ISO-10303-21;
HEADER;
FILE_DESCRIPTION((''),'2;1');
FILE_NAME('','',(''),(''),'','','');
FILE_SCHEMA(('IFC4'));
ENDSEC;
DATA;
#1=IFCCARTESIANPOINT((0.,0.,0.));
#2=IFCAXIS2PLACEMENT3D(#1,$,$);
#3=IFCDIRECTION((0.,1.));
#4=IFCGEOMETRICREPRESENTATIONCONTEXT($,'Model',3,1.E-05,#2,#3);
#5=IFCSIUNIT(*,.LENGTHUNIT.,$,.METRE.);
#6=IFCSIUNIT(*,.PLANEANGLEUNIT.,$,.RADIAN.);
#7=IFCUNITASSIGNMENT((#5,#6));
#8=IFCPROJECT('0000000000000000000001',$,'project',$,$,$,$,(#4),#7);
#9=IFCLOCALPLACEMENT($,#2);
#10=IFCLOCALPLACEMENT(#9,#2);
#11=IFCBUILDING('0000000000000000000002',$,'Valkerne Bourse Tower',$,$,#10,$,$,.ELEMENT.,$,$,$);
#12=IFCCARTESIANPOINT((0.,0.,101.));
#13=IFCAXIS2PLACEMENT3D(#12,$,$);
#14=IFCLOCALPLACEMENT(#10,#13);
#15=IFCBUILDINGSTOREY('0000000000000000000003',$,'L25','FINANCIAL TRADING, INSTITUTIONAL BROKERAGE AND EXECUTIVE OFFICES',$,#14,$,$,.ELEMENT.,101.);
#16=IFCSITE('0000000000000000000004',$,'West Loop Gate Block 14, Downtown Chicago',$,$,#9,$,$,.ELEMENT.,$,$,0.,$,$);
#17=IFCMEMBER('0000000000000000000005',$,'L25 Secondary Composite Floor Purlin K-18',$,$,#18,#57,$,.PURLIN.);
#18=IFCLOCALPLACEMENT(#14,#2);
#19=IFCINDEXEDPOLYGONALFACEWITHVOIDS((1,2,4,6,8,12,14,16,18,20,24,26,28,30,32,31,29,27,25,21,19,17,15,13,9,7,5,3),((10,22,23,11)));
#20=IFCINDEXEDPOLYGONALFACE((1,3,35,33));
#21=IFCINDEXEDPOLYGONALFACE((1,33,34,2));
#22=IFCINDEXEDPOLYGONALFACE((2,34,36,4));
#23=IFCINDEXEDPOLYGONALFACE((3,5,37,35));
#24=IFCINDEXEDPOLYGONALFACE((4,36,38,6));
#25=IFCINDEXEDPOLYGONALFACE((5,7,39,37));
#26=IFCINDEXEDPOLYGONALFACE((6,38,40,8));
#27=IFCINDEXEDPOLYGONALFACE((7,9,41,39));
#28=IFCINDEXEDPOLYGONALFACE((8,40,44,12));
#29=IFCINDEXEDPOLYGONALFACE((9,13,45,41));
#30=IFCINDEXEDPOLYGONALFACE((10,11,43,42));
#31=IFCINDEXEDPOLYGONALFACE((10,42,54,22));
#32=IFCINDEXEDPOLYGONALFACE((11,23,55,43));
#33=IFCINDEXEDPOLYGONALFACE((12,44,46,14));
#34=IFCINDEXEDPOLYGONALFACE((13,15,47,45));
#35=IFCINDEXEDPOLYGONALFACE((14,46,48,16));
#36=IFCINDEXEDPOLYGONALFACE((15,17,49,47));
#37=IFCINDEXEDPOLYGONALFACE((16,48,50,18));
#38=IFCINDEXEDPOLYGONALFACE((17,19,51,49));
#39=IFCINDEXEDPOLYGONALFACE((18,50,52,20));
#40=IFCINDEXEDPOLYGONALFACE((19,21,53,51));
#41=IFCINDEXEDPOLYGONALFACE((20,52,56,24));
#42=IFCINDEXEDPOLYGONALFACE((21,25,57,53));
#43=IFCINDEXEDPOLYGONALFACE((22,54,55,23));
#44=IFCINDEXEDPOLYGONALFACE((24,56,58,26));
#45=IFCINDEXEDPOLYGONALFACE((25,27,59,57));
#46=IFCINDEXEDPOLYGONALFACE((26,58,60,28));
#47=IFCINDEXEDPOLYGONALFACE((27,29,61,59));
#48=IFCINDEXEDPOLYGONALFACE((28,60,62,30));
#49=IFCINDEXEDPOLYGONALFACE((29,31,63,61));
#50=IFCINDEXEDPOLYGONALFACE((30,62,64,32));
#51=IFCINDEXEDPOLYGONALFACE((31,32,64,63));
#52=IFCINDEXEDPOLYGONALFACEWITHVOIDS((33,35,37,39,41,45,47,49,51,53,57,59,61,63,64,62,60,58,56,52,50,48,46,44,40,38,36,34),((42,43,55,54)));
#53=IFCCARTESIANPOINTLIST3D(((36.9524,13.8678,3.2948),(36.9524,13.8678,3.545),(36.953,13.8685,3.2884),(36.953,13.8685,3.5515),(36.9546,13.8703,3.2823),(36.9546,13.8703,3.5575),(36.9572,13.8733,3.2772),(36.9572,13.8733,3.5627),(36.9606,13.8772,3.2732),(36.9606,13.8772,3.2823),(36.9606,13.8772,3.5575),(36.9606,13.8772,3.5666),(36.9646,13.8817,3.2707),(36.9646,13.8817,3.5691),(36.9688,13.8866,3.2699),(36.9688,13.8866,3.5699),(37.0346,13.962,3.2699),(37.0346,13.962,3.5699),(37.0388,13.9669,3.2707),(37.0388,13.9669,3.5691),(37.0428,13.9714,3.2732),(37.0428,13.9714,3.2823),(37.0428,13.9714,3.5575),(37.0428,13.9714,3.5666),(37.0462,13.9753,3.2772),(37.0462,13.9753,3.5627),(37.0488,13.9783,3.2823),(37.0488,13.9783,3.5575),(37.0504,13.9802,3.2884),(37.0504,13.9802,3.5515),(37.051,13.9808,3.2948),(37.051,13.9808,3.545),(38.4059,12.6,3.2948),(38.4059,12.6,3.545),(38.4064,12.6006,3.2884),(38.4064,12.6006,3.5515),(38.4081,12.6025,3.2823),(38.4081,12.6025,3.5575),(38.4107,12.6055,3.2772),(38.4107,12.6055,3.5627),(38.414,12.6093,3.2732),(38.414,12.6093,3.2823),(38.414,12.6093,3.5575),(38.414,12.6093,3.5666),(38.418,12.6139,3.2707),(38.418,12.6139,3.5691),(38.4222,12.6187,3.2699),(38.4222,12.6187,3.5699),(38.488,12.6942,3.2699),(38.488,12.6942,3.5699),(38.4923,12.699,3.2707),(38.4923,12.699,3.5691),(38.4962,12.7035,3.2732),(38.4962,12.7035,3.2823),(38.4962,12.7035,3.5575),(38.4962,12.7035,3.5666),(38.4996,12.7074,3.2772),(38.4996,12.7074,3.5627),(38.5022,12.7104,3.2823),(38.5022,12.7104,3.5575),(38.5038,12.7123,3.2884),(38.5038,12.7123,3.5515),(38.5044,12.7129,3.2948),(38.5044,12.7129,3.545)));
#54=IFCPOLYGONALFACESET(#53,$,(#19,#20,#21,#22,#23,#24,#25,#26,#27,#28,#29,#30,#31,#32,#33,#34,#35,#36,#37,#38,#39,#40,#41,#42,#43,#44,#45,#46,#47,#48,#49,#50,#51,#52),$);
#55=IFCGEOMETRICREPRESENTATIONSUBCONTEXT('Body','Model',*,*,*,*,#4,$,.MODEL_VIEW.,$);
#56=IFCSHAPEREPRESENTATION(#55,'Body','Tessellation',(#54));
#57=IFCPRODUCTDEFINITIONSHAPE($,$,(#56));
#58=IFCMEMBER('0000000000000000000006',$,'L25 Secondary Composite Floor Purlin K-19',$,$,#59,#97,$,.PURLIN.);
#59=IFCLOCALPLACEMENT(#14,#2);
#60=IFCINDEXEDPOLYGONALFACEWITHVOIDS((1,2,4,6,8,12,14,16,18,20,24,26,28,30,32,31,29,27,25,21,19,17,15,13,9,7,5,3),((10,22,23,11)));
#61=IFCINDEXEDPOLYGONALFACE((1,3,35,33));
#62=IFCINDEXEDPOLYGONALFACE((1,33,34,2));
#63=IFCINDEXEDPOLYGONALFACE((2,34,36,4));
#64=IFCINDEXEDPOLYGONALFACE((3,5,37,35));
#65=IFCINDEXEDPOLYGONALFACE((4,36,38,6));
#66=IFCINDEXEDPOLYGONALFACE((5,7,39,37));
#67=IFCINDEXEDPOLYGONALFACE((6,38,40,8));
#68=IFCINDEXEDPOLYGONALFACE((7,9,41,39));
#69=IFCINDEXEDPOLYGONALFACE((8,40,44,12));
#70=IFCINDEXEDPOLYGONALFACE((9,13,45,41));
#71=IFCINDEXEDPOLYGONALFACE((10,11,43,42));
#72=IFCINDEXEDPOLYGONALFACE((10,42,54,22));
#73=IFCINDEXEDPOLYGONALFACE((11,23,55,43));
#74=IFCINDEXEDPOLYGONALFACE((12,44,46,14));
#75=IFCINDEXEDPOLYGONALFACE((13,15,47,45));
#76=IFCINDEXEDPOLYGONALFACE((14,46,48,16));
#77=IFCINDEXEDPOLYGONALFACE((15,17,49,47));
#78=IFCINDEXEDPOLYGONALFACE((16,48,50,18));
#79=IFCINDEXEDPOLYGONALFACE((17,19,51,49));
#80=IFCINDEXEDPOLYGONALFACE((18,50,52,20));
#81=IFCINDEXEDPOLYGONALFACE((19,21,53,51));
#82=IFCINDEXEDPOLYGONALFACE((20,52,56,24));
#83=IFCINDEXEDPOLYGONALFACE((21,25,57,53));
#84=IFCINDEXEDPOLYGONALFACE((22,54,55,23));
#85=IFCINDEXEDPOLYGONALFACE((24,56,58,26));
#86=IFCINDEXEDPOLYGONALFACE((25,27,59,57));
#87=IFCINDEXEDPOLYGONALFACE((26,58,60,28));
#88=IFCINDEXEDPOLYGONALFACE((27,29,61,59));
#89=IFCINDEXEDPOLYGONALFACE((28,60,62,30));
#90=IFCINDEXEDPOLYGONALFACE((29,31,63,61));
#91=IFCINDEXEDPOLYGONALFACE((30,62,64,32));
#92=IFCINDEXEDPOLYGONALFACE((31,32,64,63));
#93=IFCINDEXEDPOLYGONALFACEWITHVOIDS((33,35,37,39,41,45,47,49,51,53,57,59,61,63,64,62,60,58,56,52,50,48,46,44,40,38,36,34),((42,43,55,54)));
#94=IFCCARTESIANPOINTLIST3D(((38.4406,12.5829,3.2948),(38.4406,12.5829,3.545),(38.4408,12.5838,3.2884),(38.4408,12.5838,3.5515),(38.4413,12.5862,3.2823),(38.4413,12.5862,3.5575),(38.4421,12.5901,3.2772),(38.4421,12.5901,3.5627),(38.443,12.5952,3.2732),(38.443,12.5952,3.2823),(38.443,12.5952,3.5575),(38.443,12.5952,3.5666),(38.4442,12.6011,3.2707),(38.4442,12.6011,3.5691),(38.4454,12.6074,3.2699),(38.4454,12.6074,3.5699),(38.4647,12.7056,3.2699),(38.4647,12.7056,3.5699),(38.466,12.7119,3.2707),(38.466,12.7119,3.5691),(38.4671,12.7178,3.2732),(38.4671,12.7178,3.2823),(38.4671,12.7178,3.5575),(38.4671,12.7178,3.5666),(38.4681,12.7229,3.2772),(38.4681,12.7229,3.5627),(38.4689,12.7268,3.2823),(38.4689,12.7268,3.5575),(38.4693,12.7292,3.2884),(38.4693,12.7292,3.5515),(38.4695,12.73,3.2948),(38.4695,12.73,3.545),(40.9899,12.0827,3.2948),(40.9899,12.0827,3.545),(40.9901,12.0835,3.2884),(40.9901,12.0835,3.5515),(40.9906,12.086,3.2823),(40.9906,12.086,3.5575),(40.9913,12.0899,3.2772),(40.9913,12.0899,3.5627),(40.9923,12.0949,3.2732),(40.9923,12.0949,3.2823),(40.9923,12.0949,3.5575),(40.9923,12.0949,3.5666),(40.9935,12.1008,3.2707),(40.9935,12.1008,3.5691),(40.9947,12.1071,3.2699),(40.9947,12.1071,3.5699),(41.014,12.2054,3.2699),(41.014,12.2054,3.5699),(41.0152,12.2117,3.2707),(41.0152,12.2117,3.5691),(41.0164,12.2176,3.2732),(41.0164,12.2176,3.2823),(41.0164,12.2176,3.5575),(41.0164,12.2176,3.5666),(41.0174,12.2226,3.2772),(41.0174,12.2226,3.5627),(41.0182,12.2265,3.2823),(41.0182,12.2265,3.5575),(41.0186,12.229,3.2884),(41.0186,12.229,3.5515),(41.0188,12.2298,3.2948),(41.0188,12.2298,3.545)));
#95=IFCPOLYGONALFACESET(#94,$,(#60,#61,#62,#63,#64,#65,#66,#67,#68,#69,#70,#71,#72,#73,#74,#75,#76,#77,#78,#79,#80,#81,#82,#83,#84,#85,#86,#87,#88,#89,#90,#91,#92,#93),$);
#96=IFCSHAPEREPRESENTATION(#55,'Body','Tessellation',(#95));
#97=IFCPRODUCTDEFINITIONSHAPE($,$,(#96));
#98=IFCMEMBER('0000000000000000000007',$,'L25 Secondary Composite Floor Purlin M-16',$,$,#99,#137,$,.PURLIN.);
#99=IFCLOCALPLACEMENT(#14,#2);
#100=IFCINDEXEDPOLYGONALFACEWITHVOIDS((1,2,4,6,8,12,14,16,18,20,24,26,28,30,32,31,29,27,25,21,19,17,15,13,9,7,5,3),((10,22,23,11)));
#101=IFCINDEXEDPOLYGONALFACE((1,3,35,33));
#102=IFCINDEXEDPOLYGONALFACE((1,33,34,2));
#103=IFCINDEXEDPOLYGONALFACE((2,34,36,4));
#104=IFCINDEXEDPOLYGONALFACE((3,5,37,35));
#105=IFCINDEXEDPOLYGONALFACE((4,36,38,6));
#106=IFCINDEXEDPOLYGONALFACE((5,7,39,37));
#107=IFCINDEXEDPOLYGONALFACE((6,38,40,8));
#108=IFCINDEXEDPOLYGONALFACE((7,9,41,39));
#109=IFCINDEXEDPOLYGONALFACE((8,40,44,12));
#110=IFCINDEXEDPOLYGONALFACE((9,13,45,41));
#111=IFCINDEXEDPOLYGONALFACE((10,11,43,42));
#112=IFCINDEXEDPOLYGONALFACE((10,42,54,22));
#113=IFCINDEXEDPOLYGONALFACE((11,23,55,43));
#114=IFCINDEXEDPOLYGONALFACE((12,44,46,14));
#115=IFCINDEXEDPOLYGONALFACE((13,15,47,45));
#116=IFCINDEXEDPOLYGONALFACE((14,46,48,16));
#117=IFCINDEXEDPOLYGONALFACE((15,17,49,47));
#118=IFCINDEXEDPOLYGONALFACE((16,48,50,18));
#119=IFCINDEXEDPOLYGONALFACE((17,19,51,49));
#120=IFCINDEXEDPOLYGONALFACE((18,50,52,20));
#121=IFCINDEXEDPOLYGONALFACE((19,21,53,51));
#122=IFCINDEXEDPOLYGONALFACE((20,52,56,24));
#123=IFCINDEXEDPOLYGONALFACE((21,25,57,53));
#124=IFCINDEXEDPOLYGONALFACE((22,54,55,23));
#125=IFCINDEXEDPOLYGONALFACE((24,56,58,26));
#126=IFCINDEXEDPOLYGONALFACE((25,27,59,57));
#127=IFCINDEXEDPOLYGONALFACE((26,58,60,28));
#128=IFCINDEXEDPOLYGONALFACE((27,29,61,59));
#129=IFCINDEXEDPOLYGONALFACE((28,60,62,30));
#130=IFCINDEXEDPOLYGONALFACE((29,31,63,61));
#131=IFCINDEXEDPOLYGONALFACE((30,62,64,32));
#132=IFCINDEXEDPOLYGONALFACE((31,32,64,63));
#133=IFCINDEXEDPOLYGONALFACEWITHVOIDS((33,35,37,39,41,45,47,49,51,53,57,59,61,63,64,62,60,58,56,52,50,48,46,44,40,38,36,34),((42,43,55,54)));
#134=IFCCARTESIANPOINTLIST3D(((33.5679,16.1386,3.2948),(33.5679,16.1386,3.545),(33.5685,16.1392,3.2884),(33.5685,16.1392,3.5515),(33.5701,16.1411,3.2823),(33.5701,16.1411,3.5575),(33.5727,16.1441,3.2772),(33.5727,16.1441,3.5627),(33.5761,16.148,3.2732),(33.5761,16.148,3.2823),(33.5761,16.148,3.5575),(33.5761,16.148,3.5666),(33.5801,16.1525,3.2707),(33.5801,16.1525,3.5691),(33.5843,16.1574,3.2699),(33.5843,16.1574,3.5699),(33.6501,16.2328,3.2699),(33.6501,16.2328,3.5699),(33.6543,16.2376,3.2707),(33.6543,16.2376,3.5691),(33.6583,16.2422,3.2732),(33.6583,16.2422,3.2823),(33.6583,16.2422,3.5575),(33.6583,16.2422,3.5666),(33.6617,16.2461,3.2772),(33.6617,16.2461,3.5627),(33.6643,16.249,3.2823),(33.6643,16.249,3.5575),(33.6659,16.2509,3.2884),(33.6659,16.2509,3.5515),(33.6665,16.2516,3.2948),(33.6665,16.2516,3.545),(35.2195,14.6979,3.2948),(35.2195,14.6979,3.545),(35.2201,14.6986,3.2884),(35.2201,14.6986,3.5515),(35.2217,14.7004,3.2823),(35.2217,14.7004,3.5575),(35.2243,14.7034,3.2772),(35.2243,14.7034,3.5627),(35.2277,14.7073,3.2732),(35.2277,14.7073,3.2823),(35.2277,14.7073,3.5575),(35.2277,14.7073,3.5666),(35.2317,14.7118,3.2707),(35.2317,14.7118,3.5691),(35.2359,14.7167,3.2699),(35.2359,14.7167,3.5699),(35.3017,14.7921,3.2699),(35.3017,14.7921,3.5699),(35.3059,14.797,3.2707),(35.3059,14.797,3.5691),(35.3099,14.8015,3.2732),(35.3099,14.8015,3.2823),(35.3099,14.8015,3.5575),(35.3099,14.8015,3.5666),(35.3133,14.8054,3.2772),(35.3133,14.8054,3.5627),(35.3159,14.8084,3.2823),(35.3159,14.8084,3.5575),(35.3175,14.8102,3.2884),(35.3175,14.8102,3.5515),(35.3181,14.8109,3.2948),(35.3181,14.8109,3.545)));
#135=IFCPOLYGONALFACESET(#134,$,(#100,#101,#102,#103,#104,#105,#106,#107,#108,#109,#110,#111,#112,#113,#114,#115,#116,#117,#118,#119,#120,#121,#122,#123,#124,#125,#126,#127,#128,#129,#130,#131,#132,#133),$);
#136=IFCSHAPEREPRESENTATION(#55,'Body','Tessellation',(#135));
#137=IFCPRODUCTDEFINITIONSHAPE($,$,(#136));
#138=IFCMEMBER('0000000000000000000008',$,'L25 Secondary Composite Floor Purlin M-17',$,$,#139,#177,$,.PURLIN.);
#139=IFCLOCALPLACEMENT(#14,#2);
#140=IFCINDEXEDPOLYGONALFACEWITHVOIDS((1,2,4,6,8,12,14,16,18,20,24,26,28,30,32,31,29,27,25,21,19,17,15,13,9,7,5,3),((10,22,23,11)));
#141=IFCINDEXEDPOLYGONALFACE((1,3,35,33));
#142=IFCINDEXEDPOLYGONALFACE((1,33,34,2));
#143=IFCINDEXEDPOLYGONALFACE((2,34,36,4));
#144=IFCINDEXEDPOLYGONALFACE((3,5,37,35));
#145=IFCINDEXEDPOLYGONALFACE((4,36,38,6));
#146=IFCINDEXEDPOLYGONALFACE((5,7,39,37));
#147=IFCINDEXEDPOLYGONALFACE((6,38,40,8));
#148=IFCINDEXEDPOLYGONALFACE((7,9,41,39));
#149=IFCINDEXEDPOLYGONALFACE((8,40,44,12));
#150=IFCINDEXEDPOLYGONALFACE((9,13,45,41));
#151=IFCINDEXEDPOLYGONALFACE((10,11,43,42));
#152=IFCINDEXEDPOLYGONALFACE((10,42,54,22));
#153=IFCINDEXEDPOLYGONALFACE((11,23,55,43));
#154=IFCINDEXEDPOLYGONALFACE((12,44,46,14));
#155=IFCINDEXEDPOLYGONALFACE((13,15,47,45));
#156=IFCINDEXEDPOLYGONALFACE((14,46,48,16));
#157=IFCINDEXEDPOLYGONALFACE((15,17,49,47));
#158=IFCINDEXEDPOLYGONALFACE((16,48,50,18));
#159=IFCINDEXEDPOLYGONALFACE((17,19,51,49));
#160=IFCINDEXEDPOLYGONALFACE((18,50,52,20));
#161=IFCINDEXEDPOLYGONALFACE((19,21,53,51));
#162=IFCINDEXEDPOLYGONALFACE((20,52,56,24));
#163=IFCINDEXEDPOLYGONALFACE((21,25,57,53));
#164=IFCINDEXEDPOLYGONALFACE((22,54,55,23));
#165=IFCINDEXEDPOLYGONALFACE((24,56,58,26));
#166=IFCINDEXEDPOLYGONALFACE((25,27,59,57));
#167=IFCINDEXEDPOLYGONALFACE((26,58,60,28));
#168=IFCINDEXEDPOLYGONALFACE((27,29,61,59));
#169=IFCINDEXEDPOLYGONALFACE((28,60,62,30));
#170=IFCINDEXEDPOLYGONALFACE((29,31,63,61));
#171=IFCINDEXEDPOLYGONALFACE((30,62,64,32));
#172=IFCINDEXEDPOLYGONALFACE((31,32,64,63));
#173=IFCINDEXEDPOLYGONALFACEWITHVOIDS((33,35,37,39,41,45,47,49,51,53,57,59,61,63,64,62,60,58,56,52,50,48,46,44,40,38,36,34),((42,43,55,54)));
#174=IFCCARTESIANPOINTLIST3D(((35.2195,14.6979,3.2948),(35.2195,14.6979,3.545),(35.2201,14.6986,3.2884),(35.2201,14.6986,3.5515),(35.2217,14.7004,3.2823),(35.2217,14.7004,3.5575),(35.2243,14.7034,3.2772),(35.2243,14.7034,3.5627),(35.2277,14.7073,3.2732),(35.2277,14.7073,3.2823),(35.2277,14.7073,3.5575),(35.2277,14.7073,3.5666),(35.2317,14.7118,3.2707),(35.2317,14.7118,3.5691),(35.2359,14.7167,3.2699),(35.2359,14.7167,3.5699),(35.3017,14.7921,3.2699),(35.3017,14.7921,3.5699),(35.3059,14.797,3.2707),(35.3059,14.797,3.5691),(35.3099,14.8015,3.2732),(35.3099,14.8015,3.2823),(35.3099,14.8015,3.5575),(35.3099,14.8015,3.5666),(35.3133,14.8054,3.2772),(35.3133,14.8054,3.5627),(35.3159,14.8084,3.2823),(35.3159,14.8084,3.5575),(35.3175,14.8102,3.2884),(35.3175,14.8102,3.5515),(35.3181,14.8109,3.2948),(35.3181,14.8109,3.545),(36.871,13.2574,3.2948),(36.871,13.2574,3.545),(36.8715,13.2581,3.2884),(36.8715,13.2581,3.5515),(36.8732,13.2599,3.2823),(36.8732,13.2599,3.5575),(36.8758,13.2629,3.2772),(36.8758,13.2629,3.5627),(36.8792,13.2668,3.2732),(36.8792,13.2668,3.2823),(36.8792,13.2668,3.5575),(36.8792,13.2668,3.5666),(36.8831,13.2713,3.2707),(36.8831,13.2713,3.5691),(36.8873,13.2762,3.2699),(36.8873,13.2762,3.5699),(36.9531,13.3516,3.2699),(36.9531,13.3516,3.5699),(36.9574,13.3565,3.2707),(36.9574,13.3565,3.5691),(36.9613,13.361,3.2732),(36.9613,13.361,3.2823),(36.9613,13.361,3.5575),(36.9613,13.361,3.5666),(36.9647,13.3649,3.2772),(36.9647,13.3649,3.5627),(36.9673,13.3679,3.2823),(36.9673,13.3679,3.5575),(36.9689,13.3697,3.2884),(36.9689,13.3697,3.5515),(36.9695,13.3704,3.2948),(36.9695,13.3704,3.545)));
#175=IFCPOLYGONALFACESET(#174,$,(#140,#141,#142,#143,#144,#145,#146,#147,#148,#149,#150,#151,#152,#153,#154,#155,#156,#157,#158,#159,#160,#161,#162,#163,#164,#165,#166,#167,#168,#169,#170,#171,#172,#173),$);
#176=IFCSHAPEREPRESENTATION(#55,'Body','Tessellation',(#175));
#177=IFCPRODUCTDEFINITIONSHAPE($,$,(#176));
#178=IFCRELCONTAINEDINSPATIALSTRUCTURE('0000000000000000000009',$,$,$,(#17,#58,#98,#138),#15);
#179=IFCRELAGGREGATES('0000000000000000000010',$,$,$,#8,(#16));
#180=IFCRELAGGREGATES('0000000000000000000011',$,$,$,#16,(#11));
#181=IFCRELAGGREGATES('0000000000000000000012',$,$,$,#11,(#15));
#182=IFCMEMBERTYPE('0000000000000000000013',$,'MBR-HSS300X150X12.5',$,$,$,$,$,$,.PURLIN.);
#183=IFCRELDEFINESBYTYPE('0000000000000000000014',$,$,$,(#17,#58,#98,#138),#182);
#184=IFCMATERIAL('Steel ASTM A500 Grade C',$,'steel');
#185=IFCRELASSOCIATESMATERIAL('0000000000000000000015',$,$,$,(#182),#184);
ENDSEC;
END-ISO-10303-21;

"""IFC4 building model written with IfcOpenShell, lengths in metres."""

from ifc_helpers import new_model, si_unit, direction, frame, origin, origin_2d, place, context, subcontext, project, spatial, hollow_rectangle, extrude, material, material_profile, profile_set, type_object, element, save


model = new_model("IFC4")

# Units and contexts
model_context = context("Model", 3, precision=1e-05, world=origin(), true_north=direction((0.0, 1.0)))
body_context = subcontext(model_context, "Body", "Model", "MODEL_VIEW")
ifc_project = project(units=[si_unit("LENGTHUNIT", "METRE"), si_unit("PLANEANGLEUNIT", "RADIAN")], contexts=[model_context])

# Site, building, storey
site_placement = place(None, origin())
site = spatial("IfcSite", under=ifc_project, at=site_placement, Name="West Loop Gate Block 14, Downtown Chicago", CompositionType="ELEMENT", RefElevation=0.0)
building_placement = place(site_placement, origin())
building = spatial("IfcBuilding", under=site, at=building_placement, Name="Valkerne Bourse Tower", CompositionType="ELEMENT")
storey_placement = place(building_placement, frame((0.0, 0.0, 101.0)))
storey = spatial("IfcBuildingStorey", under=building, at=storey_placement, Name="L25", Description="FINANCIAL TRADING, INSTITUTIONAL BROKERAGE AND EXECUTIVE OFFICES", CompositionType="ELEMENT", Elevation=101.0)

# Members
ifc_material_1 = material(Name="Steel ASTM A500 Grade C", Category="steel")
ifc_material_profile_1 = material_profile(ifc_material_1, hollow_rectangle(XDim=0.1499, YDim=0.3, WallThickness=0.0125, OuterFilletRadius=0.0249, at=origin_2d()), Name="HSS300X150X12.5")
ifc_profile_set_1 = profile_set([ifc_material_profile_1], Name="Steel ASTM A500 Grade C")
member_type_1 = type_object("IfcMemberType", Name="MBR-HSS300X150X12.5", PredefinedType="PURLIN", material=ifc_profile_set_1)
member_1_placement = place(storey_placement, frame((37.0017, 13.9243, 3.4199), z_axis=(0.753572, -0.657366, 0.0), x_axis=(0.657366, 0.753572, 0.0)))
element("IfcMember", 1, at=member_1_placement, inside=storey, type_object=member_type_1, Name="L25 Secondary Composite Floor Purlin K-18", PredefinedType="PURLIN", context=body_context, shape_type="SweptSolid", body=[
    extrude(hollow_rectangle(XDim=0.1499, YDim=0.3, WallThickness=0.0125, OuterFilletRadius=0.0249, at=origin_2d()), origin(), (0.0, 0.0, 1.0), 1.9287),
])
member_2_placement = place(storey_placement, frame((38.4551, 12.6565, 3.4199), z_axis=(0.981286, -0.192555, 0.0), x_axis=(0.192555, 0.981286, 0.0)))
element("IfcMember", 2, at=member_2_placement, inside=storey, type_object=member_type_1, Name="L25 Secondary Composite Floor Purlin K-19", PredefinedType="PURLIN", context=body_context, shape_type="SweptSolid", body=[
    extrude(hollow_rectangle(XDim=0.1499, YDim=0.3, WallThickness=0.0125, OuterFilletRadius=0.0249, at=origin_2d()), origin(), (0.0, 0.0, 1.0), 2.5979),
])
member_3_placement = place(storey_placement, frame((33.6172, 16.1951, 3.4199), z_axis=(0.75359, -0.657345, 0.0), x_axis=(0.657345, 0.75359, 0.0)))
element("IfcMember", 3, at=member_3_placement, inside=storey, type_object=member_type_1, Name="L25 Secondary Composite Floor Purlin M-16", PredefinedType="PURLIN", context=body_context, shape_type="SweptSolid", body=[
    extrude(hollow_rectangle(XDim=0.1499, YDim=0.3, WallThickness=0.0125, OuterFilletRadius=0.0249, at=origin_2d()), origin(), (0.0, 0.0, 1.0), 2.1917),
])
for number, where, z_axis, x_axis, name in (
    (4, (35.2688, 14.7544, 3.4199), (0.753597, -0.657336, 0.0), (0.657336, 0.753597, 0.0), "L25 Secondary Composite Floor Purlin M-17"),
):
    element("IfcMember", number, at=place(storey_placement, frame(where, z_axis=z_axis, x_axis=x_axis)), inside=storey, type_object=member_type_1, Name=name, PredefinedType="PURLIN", context=body_context, shape_type="SweptSolid", body=[
        extrude(hollow_rectangle(XDim=0.1499, YDim=0.3, WallThickness=0.0125, OuterFilletRadius=0.0249, at=origin_2d()), origin(), (0.0, 0.0, 1.0), 2.1914),
    ])

save(model, "model.ifc")
